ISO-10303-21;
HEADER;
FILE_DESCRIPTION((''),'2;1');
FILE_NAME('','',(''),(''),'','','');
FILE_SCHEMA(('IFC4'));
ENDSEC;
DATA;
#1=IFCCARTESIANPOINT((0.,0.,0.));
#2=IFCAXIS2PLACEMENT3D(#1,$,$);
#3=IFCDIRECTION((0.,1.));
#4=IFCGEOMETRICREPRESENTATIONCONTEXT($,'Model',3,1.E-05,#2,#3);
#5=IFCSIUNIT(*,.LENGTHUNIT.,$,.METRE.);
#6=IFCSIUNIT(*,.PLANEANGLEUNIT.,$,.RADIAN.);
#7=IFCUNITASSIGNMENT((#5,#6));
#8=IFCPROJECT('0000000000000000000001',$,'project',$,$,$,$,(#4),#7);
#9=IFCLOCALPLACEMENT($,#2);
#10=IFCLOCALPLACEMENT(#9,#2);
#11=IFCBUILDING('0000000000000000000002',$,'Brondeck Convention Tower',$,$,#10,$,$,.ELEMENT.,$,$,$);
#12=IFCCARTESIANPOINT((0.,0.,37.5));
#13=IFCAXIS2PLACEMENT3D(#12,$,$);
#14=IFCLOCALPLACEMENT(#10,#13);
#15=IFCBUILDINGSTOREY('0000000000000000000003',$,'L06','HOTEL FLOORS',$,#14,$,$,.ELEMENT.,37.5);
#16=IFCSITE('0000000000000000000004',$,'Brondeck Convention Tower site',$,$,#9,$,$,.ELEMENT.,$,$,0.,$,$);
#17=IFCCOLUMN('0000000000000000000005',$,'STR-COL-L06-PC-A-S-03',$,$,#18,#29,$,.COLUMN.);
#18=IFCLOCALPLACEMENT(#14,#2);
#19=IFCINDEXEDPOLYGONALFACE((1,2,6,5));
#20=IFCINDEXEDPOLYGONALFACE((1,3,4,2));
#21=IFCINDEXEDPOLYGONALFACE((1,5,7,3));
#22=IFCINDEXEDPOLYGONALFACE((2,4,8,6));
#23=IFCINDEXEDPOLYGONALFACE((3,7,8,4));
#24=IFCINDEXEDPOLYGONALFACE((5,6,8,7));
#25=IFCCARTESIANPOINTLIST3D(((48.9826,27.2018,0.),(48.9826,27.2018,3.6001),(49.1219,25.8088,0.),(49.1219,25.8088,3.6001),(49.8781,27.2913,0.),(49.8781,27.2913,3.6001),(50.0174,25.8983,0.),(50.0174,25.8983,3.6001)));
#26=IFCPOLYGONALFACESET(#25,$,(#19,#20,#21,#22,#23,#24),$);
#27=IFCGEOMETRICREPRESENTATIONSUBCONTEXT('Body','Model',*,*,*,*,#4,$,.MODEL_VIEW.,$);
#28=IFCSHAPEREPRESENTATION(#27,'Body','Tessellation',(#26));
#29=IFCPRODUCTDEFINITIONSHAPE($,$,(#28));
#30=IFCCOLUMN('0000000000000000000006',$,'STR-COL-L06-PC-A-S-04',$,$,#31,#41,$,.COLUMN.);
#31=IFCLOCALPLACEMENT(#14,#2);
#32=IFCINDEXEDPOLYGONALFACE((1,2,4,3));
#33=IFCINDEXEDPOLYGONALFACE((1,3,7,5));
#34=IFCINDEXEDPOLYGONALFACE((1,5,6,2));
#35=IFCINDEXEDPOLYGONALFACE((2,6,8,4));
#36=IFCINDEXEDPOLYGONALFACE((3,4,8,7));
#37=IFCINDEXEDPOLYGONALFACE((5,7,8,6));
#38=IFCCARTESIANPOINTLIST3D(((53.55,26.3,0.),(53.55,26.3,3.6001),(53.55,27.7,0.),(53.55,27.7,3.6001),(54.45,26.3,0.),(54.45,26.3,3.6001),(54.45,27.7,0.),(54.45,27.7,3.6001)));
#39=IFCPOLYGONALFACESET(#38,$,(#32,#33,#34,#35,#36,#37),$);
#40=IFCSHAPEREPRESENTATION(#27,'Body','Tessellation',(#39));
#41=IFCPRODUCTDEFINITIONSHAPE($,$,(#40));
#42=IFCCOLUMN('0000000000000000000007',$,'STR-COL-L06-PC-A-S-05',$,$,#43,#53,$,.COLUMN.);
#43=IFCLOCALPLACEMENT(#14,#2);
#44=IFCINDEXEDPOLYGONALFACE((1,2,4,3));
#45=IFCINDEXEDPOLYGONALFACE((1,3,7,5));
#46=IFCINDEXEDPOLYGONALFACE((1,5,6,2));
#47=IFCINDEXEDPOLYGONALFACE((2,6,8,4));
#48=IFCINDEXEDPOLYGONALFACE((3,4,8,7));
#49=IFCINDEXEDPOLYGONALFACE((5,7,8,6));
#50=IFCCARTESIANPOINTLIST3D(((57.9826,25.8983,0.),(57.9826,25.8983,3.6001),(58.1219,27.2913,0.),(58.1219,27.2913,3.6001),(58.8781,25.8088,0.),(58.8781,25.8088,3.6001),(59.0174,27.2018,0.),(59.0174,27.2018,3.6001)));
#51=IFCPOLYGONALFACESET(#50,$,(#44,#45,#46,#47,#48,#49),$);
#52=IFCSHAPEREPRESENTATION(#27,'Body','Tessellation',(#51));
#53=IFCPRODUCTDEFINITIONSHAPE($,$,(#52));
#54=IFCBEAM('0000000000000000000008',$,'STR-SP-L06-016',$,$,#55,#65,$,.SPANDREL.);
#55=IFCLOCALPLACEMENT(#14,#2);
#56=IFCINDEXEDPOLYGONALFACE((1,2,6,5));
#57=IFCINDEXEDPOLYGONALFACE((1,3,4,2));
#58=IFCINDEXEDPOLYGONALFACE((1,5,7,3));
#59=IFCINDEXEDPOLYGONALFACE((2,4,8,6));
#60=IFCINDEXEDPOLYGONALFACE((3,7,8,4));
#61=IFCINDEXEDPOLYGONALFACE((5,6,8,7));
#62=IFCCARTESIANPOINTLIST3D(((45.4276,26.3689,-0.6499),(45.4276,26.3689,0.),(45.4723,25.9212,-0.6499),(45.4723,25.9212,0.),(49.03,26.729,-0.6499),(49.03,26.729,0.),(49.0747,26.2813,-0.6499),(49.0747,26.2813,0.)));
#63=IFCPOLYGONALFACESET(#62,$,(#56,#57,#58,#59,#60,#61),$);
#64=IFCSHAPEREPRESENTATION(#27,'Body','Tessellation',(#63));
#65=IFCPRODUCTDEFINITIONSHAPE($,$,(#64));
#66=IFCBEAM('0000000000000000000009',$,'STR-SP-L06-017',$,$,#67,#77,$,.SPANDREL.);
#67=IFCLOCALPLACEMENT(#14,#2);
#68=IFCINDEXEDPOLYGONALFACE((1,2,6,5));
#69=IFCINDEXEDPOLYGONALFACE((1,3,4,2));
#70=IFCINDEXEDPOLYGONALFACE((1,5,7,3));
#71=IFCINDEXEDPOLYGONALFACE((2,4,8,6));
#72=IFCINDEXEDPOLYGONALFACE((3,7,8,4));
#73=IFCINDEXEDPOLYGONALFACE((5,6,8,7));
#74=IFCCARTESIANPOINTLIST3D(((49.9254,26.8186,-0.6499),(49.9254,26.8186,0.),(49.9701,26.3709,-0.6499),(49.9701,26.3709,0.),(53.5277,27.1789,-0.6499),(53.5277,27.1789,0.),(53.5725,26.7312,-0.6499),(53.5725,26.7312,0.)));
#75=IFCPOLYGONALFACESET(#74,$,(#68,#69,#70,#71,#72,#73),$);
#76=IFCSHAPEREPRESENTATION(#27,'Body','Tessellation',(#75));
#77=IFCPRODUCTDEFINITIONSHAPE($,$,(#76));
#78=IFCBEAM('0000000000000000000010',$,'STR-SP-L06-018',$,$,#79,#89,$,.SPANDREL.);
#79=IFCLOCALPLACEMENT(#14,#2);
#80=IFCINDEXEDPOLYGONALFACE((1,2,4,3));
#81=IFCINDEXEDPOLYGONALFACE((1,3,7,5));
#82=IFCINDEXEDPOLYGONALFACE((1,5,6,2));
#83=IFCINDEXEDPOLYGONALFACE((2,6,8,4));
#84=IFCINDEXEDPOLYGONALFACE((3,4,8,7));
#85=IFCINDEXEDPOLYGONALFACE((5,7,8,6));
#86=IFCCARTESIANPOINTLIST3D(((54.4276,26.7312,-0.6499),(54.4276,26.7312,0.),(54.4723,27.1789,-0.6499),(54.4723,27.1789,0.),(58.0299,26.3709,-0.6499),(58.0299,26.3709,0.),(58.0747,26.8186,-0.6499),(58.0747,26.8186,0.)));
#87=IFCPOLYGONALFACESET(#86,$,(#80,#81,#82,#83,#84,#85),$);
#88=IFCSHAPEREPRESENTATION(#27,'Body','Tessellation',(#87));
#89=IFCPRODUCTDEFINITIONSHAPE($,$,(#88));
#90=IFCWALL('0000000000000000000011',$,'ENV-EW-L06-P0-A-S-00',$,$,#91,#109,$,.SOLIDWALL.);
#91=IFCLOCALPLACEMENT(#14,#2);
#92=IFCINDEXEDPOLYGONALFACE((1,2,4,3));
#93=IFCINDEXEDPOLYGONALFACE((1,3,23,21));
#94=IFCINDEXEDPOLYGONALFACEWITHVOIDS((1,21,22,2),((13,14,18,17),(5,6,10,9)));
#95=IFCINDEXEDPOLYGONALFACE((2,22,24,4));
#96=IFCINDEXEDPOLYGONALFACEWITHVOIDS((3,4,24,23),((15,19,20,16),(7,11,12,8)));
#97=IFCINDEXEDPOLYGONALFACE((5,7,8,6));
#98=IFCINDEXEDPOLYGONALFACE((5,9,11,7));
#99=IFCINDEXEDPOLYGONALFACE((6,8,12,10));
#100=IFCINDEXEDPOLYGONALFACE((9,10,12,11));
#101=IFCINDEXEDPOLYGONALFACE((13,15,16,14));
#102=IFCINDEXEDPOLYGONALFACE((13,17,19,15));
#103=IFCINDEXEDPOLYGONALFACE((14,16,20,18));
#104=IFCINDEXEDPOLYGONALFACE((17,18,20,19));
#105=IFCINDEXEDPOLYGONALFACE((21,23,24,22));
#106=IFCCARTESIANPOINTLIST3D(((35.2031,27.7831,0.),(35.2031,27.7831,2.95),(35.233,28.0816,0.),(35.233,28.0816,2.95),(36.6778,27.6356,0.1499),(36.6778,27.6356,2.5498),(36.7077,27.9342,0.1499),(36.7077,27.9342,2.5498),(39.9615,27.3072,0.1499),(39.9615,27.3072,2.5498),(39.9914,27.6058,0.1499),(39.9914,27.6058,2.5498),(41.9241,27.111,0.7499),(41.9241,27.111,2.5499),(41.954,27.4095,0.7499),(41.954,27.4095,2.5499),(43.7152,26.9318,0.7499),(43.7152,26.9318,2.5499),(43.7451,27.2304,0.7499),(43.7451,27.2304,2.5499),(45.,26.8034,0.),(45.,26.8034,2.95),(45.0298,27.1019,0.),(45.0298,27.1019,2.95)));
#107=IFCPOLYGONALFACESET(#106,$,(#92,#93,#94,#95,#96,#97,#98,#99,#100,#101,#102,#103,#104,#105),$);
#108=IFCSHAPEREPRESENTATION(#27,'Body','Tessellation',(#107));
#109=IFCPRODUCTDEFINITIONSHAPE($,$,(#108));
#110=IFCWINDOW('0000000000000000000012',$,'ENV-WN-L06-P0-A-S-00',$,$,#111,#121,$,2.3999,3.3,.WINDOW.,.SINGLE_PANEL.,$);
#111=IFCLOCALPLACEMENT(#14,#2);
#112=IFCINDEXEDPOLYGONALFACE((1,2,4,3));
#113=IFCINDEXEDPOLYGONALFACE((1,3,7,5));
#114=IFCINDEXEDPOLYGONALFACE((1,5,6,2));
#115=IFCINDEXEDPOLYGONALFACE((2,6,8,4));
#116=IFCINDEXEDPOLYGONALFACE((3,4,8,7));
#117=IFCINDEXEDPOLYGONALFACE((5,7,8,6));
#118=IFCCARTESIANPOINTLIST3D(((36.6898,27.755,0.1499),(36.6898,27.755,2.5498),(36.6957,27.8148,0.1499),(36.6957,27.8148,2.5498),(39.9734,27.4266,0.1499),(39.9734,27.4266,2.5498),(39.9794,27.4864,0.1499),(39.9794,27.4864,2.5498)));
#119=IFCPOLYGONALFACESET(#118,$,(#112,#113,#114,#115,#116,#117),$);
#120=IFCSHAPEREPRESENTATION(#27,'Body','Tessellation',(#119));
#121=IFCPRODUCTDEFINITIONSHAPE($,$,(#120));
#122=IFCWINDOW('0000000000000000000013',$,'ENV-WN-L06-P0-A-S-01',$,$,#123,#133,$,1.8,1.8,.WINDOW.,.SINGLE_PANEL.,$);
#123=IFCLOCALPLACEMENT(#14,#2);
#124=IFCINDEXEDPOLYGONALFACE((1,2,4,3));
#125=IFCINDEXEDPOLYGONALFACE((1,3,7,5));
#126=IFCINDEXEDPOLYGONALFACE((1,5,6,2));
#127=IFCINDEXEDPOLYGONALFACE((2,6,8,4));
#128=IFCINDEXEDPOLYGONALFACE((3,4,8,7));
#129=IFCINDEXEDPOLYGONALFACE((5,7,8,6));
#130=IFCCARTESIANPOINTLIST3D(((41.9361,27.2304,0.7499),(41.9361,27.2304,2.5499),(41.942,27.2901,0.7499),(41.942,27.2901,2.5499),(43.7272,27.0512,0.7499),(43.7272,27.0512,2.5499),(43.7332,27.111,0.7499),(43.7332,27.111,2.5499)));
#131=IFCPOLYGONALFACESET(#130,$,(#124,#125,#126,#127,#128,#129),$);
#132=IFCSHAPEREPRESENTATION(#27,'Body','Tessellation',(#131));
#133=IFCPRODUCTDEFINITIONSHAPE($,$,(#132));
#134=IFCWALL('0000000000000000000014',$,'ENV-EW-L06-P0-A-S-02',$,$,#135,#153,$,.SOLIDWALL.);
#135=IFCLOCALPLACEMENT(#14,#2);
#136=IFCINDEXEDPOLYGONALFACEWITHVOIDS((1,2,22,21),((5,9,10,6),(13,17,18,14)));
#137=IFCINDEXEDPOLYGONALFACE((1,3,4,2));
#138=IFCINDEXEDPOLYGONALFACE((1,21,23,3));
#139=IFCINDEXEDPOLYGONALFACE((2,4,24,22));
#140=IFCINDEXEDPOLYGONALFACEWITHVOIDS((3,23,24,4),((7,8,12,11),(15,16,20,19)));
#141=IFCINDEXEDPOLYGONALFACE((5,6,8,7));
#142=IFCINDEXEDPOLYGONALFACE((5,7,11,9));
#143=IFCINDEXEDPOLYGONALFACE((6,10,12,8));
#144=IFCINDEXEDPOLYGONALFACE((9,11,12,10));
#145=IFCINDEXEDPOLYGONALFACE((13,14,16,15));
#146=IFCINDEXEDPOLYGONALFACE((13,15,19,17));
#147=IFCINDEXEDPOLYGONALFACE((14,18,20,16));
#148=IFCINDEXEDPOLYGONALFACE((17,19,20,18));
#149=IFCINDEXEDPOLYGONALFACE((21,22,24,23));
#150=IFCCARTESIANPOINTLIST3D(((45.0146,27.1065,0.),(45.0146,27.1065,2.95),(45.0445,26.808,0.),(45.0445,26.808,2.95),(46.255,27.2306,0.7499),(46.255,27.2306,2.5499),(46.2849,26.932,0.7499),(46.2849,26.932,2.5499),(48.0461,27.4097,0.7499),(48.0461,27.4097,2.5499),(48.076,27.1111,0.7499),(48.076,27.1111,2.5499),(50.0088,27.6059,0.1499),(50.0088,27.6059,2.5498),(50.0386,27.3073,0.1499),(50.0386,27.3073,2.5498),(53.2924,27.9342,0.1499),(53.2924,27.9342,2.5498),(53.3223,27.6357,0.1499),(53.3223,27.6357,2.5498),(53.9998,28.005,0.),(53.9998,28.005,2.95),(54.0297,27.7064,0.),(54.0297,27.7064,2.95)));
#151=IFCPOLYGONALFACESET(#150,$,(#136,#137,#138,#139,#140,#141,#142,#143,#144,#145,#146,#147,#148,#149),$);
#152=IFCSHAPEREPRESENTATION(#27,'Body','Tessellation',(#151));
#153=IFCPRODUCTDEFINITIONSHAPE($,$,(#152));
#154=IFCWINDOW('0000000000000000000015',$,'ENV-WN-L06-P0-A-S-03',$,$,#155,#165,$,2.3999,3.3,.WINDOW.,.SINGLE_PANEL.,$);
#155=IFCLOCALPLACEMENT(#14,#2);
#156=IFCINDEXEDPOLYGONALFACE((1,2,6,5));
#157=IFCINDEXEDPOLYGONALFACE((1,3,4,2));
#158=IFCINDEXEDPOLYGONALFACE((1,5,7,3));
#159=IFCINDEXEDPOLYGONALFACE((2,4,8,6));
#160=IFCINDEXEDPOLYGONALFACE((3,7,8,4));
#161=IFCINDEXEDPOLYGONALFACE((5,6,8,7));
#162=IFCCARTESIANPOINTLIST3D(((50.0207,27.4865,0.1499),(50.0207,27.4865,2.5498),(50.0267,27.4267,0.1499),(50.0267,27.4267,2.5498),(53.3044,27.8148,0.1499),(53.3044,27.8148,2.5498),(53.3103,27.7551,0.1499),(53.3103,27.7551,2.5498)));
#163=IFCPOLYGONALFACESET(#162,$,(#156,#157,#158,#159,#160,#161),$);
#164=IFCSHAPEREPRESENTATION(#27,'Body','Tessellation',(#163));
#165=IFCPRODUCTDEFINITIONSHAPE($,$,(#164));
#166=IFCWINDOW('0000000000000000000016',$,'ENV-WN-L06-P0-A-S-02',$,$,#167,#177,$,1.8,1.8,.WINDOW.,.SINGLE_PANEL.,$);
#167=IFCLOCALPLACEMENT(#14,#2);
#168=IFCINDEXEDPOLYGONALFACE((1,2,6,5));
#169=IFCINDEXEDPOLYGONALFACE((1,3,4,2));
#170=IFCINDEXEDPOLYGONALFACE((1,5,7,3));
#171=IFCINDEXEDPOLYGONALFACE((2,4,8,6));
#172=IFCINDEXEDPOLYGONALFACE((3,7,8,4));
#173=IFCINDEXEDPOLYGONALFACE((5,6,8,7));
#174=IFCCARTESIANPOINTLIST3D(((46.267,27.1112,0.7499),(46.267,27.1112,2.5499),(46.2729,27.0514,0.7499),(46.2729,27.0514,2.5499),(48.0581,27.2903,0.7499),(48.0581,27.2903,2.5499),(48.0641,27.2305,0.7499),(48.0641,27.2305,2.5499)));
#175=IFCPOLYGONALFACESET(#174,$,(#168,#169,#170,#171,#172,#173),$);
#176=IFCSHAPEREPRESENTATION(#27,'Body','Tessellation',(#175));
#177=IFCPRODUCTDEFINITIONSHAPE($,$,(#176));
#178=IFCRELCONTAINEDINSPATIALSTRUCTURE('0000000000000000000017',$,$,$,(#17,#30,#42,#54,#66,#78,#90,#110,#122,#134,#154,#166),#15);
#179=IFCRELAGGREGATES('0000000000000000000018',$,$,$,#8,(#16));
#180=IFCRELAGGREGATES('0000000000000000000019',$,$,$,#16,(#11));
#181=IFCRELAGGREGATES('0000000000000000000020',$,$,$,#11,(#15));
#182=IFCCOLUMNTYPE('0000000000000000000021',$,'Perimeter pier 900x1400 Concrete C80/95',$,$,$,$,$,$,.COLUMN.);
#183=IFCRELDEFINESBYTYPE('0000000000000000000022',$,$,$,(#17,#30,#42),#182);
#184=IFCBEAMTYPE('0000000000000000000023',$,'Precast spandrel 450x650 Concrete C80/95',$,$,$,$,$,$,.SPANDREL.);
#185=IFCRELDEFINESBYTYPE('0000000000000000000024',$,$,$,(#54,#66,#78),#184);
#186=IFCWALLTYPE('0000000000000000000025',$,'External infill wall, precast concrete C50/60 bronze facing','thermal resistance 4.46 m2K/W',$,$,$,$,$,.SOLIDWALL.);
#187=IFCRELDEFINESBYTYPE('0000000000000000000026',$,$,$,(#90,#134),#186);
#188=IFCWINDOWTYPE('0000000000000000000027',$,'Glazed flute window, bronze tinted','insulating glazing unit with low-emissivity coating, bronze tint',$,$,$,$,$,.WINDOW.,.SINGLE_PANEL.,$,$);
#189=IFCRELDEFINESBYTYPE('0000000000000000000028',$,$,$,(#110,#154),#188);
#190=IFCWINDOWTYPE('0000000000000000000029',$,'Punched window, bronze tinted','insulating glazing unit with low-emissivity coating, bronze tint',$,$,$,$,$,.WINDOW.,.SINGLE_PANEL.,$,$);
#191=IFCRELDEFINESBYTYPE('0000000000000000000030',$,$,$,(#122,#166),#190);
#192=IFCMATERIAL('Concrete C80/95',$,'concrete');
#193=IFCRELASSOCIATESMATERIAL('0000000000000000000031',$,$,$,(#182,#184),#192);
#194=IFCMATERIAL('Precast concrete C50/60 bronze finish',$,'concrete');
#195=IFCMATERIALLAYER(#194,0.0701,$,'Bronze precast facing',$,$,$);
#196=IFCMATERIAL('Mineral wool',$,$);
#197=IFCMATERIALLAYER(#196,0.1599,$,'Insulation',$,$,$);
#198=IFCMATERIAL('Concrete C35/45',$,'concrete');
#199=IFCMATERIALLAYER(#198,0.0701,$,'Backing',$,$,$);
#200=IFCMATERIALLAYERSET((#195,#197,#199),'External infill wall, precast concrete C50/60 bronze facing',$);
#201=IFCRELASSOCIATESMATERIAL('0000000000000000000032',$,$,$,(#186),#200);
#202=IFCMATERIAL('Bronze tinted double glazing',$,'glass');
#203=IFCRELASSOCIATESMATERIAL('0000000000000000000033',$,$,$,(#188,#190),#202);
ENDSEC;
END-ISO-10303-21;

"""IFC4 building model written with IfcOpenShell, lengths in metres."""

from ifc_helpers import new_model, si_unit, direction, frame, frame_2d, origin, origin_2d, place, context, subcontext, project, spatial, rectangle, extrude, material, layer, layer_set, material_profile, profile_set, type_object, element, fill, save


model = new_model("IFC4")

# Units and contexts
model_context = context("Model", 3, precision=1e-05, world=origin(), true_north=direction((0.0, 1.0)))
body_context = subcontext(model_context, "Body", "Model", "MODEL_VIEW")
ifc_project = project(units=[si_unit("LENGTHUNIT", "METRE"), si_unit("PLANEANGLEUNIT", "RADIAN")], contexts=[model_context])

# Site, building, storey
site_placement = place(None, origin())
site = spatial("IfcSite", under=ifc_project, at=site_placement, Name="Brondeck Convention Tower site", CompositionType="ELEMENT", RefElevation=0.0)
building_placement = place(site_placement, origin())
building = spatial("IfcBuilding", under=site, at=building_placement, Name="Brondeck Convention Tower", CompositionType="ELEMENT")
storey_placement = place(building_placement, frame((0.0, 0.0, 37.5)))
storey = spatial("IfcBuildingStorey", under=building, at=storey_placement, Name="L06", Description="HOTEL FLOORS", CompositionType="ELEMENT", Elevation=37.5)

# Columns
ifc_material_1 = material(Name="Concrete C80/95", Category="concrete")
ifc_material_profile_1 = material_profile(ifc_material_1, rectangle(XDim=0.8999, YDim=1.3999, at=origin_2d()), Name="Perimeter pier 900x1400 Concrete C80/95")
ifc_profile_set_1 = profile_set([ifc_material_profile_1], Name="Concrete C80/95")
column_type = type_object("IfcColumnType", Name="Perimeter pier 900x1400 Concrete C80/95", PredefinedType="COLUMN", material=ifc_profile_set_1)
for number, where, z_axis, x_axis, name in (
    (1, (49.5, 26.55, 0.0), (0.0, 0.0, 1.0), (0.995037, 0.099504, 0.0), "STR-COL-L06-PC-A-S-03"),
    (2, (54.0, 27.0, 0.0), (0.0, 0.0, 1.0), (1.0, 0.0, 0.0), "STR-COL-L06-PC-A-S-04"),
    (3, (58.5, 26.55, 0.0), (0.0, 0.0, 1.0), (0.995037, -0.099504, 0.0), "STR-COL-L06-PC-A-S-05"),
):
    element("IfcColumn", number, at=place(storey_placement, frame(where, z_axis=z_axis, x_axis=x_axis)), inside=storey, type_object=column_type, Name=name, PredefinedType="COLUMN", context=body_context, shape_type="SweptSolid", body=[
        extrude(rectangle(XDim=0.8999, YDim=1.3999, at=origin_2d()), origin(), (0.0, 0.0, 1.0), 3.6001),
    ])

# Beams
ifc_material_profile_2 = material_profile(ifc_material_1, rectangle(XDim=0.45, YDim=0.6499, at=origin_2d()), Name="Precast spandrel 450x650 Concrete C80/95")
ifc_profile_set_2 = profile_set([ifc_material_profile_2], Name="Concrete C80/95")
beam_type = type_object("IfcBeamType", Name="Precast spandrel 450x650 Concrete C80/95", PredefinedType="SPANDREL", material=ifc_profile_set_2)
for number, where, z_axis, x_axis, name in (
    (4, (45.45, 26.145, -0.325), (0.995041, 0.09947, 0.0), (-0.09947, 0.995041, 0.0), "STR-SP-L06-016"),
    (5, (49.9478, 26.5947, -0.325), (0.995034, 0.099537, 0.0), (-0.099537, 0.995034, 0.0), "STR-SP-L06-017"),
    (6, (54.45, 26.9551, -0.325), (0.995034, -0.099537, 0.0), (0.099537, 0.995034, 0.0), "STR-SP-L06-018"),
):
    element("IfcBeam", number, at=place(storey_placement, frame(where, z_axis=z_axis, x_axis=x_axis)), inside=storey, type_object=beam_type, Name=name, PredefinedType="SPANDREL", context=body_context, shape_type="SweptSolid", body=[
        extrude(rectangle(XDim=0.45, YDim=0.6499, at=origin_2d()), origin(), (0.0, 0.0, 1.0), 3.6204),
    ])

# Walls, openings, windows
ifc_material_2 = material(Name="Precast concrete C50/60 bronze finish", Category="concrete")
ifc_layer_1 = layer(ifc_material_2, 0.0701, Name="Bronze precast facing")
ifc_material_3 = material(Name="Mineral wool")
ifc_layer_2 = layer(ifc_material_3, 0.1599, Name="Insulation")
ifc_material_4 = material(Name="Concrete C35/45", Category="concrete")
ifc_layer_3 = layer(ifc_material_4, 0.0701, Name="Backing")
ifc_layer_set_1 = layer_set([ifc_layer_1, ifc_layer_2, ifc_layer_3], Name="External infill wall, precast concrete C50/60 bronze facing")
wall_type_1 = type_object("IfcWallType", Name="External infill wall, precast concrete C50/60 bronze facing", Description="thermal resistance 4.46 m2K/W", PredefinedType="SOLIDWALL", material=ifc_layer_set_1)
wall_1_placement = place(storey_placement, frame((45.0149, 26.9526, 0.0), z_axis=(0.0, 0.0, 1.0), x_axis=(-0.995037, 0.099509, 0.0)))
wall_1 = element("IfcWall", 7, at=wall_1_placement, inside=storey, type_object=wall_type_1, Name="ENV-EW-L06-P0-A-S-00", PredefinedType="SOLIDWALL", context=body_context, shape_type="SweptSolid", body=[
    extrude(rectangle(XDim=9.8457, YDim=0.3, at=frame_2d((4.9229, 0.0))), origin(), (0.0, 0.0, 1.0), 2.95),
])
opening_1_placement = place(wall_1_placement, frame((1.2913, 0.0, 0.75)))
opening_1 = element("IfcOpeningElement", 8, at=opening_1_placement, cuts=wall_1, PredefinedType="OPENING", context=body_context, shape_type="SweptSolid", body=[
    extrude(rectangle(XDim=1.8, YDim=1.8, at=frame_2d((0.8999, 0.8999))), frame((0.0, 0.1599, 0.0), z_axis=(0.0, -1.0, 0.0), x_axis=(1.0, 0.0, 0.0)), (0.0, 0.0, 1.0), 0.3201),
])
opening_2_placement = place(wall_1_placement, frame((5.0637, 0.0, 0.1499)))
opening_2 = element("IfcOpeningElement", 9, at=opening_2_placement, cuts=wall_1, PredefinedType="OPENING", context=body_context, shape_type="SweptSolid", body=[
    extrude(rectangle(XDim=3.3, YDim=2.3999, at=frame_2d((1.6499, 1.2))), frame((0.0, 0.1599, 0.0), z_axis=(0.0, -1.0, 0.0), x_axis=(1.0, 0.0, 0.0)), (0.0, 0.0, 1.0), 0.3201),
])
ifc_material_5 = material(Name="Bronze tinted double glazing", Category="glass")
window_type_1 = type_object("IfcWindowType", Name="Glazed flute window, bronze tinted", Description="insulating glazing unit with low-emissivity coating, bronze tint", PartitioningType="SINGLE_PANEL", PredefinedType="WINDOW", material=ifc_material_5)
window_1_placement = place(opening_2_placement, origin())
window_1 = element("IfcWindow", 10, at=window_1_placement, inside=storey, type_object=window_type_1, Name="ENV-WN-L06-P0-A-S-00", OverallHeight=2.3999, OverallWidth=3.3, PartitioningType="SINGLE_PANEL", PredefinedType="WINDOW", context=body_context, shape_type="SweptSolid", body=[
    extrude(rectangle(XDim=3.3, YDim=2.3999, at=frame_2d((1.6499, 1.2))), frame((0.0, 0.03, 0.0), z_axis=(0.0, -1.0, 0.0), x_axis=(1.0, 0.0, 0.0)), (0.0, 0.0, 1.0), 0.0601),
])
fill(opening_2, window_1)
window_type_2 = type_object("IfcWindowType", Name="Punched window, bronze tinted", Description="insulating glazing unit with low-emissivity coating, bronze tint", PartitioningType="SINGLE_PANEL", PredefinedType="WINDOW", material=ifc_material_5)
window_2_placement = place(opening_1_placement, origin())
window_2 = element("IfcWindow", 11, at=window_2_placement, inside=storey, type_object=window_type_2, Name="ENV-WN-L06-P0-A-S-01", OverallHeight=1.8, OverallWidth=1.8, PartitioningType="SINGLE_PANEL", PredefinedType="WINDOW", context=body_context, shape_type="SweptSolid", body=[
    extrude(rectangle(XDim=1.8, YDim=1.8, at=frame_2d((0.8999, 0.8999))), frame((0.0, 0.03, 0.0), z_axis=(0.0, -1.0, 0.0), x_axis=(1.0, 0.0, 0.0)), (0.0, 0.0, 1.0), 0.0601),
])
fill(opening_1, window_2)
wall_2_placement = place(storey_placement, frame((54.0149, 27.8557, 0.0), z_axis=(0.0, 0.0, 1.0), x_axis=(-0.995038, -0.099496, 0.0)))
wall_2 = element("IfcWall", 12, at=wall_2_placement, inside=storey, type_object=wall_type_1, Name="ENV-EW-L06-P0-A-S-02", PredefinedType="SOLIDWALL", context=body_context, shape_type="SweptSolid", body=[
    extrude(rectangle(XDim=9.03, YDim=0.3, at=frame_2d((4.5151, 0.0))), origin(), (0.0, 0.0, 1.0), 2.95),
])
opening_3_placement = place(wall_2_placement, frame((0.7112, 0.0, 0.1499)))
opening_3 = element("IfcOpeningElement", 13, at=opening_3_placement, cuts=wall_2, PredefinedType="OPENING", context=body_context, shape_type="SweptSolid", body=[
    extrude(rectangle(XDim=3.3, YDim=2.3999, at=frame_2d((1.6499, 1.2))), frame((0.0, 0.1599, 0.0), z_axis=(0.0, -1.0, 0.0), x_axis=(1.0, 0.0, 0.0)), (0.0, 0.0, 1.0), 0.3201),
])
opening_4_placement = place(wall_2_placement, frame((5.9836, 0.0, 0.75)))
opening_4 = element("IfcOpeningElement", 14, at=opening_4_placement, cuts=wall_2, PredefinedType="OPENING", context=body_context, shape_type="SweptSolid", body=[
    extrude(rectangle(XDim=1.8, YDim=1.8, at=frame_2d((0.8999, 0.8999))), frame((0.0, 0.1599, 0.0), z_axis=(0.0, -1.0, 0.0), x_axis=(1.0, 0.0, 0.0)), (0.0, 0.0, 1.0), 0.3201),
])
window_3_placement = place(opening_3_placement, origin())
window_3 = element("IfcWindow", 15, at=window_3_placement, inside=storey, type_object=window_type_1, Name="ENV-WN-L06-P0-A-S-03", OverallHeight=2.3999, OverallWidth=3.3, PartitioningType="SINGLE_PANEL", PredefinedType="WINDOW", context=body_context, shape_type="SweptSolid", body=[
    extrude(rectangle(XDim=3.3, YDim=2.3999, at=frame_2d((1.6499, 1.2))), frame((0.0, 0.03, 0.0), z_axis=(0.0, -1.0, 0.0), x_axis=(1.0, 0.0, 0.0)), (0.0, 0.0, 1.0), 0.0601),
])
fill(opening_3, window_3)
window_4_placement = place(opening_4_placement, origin())
window_4 = element("IfcWindow", 16, at=window_4_placement, inside=storey, type_object=window_type_2, Name="ENV-WN-L06-P0-A-S-02", OverallHeight=1.8, OverallWidth=1.8, PartitioningType="SINGLE_PANEL", PredefinedType="WINDOW", context=body_context, shape_type="SweptSolid", body=[
    extrude(rectangle(XDim=1.8, YDim=1.8, at=frame_2d((0.8999, 0.8999))), frame((0.0, 0.03, 0.0), z_axis=(0.0, -1.0, 0.0), x_axis=(1.0, 0.0, 0.0)), (0.0, 0.0, 1.0), 0.0601),
])
fill(opening_4, window_4)

save(model, "model.ifc")
